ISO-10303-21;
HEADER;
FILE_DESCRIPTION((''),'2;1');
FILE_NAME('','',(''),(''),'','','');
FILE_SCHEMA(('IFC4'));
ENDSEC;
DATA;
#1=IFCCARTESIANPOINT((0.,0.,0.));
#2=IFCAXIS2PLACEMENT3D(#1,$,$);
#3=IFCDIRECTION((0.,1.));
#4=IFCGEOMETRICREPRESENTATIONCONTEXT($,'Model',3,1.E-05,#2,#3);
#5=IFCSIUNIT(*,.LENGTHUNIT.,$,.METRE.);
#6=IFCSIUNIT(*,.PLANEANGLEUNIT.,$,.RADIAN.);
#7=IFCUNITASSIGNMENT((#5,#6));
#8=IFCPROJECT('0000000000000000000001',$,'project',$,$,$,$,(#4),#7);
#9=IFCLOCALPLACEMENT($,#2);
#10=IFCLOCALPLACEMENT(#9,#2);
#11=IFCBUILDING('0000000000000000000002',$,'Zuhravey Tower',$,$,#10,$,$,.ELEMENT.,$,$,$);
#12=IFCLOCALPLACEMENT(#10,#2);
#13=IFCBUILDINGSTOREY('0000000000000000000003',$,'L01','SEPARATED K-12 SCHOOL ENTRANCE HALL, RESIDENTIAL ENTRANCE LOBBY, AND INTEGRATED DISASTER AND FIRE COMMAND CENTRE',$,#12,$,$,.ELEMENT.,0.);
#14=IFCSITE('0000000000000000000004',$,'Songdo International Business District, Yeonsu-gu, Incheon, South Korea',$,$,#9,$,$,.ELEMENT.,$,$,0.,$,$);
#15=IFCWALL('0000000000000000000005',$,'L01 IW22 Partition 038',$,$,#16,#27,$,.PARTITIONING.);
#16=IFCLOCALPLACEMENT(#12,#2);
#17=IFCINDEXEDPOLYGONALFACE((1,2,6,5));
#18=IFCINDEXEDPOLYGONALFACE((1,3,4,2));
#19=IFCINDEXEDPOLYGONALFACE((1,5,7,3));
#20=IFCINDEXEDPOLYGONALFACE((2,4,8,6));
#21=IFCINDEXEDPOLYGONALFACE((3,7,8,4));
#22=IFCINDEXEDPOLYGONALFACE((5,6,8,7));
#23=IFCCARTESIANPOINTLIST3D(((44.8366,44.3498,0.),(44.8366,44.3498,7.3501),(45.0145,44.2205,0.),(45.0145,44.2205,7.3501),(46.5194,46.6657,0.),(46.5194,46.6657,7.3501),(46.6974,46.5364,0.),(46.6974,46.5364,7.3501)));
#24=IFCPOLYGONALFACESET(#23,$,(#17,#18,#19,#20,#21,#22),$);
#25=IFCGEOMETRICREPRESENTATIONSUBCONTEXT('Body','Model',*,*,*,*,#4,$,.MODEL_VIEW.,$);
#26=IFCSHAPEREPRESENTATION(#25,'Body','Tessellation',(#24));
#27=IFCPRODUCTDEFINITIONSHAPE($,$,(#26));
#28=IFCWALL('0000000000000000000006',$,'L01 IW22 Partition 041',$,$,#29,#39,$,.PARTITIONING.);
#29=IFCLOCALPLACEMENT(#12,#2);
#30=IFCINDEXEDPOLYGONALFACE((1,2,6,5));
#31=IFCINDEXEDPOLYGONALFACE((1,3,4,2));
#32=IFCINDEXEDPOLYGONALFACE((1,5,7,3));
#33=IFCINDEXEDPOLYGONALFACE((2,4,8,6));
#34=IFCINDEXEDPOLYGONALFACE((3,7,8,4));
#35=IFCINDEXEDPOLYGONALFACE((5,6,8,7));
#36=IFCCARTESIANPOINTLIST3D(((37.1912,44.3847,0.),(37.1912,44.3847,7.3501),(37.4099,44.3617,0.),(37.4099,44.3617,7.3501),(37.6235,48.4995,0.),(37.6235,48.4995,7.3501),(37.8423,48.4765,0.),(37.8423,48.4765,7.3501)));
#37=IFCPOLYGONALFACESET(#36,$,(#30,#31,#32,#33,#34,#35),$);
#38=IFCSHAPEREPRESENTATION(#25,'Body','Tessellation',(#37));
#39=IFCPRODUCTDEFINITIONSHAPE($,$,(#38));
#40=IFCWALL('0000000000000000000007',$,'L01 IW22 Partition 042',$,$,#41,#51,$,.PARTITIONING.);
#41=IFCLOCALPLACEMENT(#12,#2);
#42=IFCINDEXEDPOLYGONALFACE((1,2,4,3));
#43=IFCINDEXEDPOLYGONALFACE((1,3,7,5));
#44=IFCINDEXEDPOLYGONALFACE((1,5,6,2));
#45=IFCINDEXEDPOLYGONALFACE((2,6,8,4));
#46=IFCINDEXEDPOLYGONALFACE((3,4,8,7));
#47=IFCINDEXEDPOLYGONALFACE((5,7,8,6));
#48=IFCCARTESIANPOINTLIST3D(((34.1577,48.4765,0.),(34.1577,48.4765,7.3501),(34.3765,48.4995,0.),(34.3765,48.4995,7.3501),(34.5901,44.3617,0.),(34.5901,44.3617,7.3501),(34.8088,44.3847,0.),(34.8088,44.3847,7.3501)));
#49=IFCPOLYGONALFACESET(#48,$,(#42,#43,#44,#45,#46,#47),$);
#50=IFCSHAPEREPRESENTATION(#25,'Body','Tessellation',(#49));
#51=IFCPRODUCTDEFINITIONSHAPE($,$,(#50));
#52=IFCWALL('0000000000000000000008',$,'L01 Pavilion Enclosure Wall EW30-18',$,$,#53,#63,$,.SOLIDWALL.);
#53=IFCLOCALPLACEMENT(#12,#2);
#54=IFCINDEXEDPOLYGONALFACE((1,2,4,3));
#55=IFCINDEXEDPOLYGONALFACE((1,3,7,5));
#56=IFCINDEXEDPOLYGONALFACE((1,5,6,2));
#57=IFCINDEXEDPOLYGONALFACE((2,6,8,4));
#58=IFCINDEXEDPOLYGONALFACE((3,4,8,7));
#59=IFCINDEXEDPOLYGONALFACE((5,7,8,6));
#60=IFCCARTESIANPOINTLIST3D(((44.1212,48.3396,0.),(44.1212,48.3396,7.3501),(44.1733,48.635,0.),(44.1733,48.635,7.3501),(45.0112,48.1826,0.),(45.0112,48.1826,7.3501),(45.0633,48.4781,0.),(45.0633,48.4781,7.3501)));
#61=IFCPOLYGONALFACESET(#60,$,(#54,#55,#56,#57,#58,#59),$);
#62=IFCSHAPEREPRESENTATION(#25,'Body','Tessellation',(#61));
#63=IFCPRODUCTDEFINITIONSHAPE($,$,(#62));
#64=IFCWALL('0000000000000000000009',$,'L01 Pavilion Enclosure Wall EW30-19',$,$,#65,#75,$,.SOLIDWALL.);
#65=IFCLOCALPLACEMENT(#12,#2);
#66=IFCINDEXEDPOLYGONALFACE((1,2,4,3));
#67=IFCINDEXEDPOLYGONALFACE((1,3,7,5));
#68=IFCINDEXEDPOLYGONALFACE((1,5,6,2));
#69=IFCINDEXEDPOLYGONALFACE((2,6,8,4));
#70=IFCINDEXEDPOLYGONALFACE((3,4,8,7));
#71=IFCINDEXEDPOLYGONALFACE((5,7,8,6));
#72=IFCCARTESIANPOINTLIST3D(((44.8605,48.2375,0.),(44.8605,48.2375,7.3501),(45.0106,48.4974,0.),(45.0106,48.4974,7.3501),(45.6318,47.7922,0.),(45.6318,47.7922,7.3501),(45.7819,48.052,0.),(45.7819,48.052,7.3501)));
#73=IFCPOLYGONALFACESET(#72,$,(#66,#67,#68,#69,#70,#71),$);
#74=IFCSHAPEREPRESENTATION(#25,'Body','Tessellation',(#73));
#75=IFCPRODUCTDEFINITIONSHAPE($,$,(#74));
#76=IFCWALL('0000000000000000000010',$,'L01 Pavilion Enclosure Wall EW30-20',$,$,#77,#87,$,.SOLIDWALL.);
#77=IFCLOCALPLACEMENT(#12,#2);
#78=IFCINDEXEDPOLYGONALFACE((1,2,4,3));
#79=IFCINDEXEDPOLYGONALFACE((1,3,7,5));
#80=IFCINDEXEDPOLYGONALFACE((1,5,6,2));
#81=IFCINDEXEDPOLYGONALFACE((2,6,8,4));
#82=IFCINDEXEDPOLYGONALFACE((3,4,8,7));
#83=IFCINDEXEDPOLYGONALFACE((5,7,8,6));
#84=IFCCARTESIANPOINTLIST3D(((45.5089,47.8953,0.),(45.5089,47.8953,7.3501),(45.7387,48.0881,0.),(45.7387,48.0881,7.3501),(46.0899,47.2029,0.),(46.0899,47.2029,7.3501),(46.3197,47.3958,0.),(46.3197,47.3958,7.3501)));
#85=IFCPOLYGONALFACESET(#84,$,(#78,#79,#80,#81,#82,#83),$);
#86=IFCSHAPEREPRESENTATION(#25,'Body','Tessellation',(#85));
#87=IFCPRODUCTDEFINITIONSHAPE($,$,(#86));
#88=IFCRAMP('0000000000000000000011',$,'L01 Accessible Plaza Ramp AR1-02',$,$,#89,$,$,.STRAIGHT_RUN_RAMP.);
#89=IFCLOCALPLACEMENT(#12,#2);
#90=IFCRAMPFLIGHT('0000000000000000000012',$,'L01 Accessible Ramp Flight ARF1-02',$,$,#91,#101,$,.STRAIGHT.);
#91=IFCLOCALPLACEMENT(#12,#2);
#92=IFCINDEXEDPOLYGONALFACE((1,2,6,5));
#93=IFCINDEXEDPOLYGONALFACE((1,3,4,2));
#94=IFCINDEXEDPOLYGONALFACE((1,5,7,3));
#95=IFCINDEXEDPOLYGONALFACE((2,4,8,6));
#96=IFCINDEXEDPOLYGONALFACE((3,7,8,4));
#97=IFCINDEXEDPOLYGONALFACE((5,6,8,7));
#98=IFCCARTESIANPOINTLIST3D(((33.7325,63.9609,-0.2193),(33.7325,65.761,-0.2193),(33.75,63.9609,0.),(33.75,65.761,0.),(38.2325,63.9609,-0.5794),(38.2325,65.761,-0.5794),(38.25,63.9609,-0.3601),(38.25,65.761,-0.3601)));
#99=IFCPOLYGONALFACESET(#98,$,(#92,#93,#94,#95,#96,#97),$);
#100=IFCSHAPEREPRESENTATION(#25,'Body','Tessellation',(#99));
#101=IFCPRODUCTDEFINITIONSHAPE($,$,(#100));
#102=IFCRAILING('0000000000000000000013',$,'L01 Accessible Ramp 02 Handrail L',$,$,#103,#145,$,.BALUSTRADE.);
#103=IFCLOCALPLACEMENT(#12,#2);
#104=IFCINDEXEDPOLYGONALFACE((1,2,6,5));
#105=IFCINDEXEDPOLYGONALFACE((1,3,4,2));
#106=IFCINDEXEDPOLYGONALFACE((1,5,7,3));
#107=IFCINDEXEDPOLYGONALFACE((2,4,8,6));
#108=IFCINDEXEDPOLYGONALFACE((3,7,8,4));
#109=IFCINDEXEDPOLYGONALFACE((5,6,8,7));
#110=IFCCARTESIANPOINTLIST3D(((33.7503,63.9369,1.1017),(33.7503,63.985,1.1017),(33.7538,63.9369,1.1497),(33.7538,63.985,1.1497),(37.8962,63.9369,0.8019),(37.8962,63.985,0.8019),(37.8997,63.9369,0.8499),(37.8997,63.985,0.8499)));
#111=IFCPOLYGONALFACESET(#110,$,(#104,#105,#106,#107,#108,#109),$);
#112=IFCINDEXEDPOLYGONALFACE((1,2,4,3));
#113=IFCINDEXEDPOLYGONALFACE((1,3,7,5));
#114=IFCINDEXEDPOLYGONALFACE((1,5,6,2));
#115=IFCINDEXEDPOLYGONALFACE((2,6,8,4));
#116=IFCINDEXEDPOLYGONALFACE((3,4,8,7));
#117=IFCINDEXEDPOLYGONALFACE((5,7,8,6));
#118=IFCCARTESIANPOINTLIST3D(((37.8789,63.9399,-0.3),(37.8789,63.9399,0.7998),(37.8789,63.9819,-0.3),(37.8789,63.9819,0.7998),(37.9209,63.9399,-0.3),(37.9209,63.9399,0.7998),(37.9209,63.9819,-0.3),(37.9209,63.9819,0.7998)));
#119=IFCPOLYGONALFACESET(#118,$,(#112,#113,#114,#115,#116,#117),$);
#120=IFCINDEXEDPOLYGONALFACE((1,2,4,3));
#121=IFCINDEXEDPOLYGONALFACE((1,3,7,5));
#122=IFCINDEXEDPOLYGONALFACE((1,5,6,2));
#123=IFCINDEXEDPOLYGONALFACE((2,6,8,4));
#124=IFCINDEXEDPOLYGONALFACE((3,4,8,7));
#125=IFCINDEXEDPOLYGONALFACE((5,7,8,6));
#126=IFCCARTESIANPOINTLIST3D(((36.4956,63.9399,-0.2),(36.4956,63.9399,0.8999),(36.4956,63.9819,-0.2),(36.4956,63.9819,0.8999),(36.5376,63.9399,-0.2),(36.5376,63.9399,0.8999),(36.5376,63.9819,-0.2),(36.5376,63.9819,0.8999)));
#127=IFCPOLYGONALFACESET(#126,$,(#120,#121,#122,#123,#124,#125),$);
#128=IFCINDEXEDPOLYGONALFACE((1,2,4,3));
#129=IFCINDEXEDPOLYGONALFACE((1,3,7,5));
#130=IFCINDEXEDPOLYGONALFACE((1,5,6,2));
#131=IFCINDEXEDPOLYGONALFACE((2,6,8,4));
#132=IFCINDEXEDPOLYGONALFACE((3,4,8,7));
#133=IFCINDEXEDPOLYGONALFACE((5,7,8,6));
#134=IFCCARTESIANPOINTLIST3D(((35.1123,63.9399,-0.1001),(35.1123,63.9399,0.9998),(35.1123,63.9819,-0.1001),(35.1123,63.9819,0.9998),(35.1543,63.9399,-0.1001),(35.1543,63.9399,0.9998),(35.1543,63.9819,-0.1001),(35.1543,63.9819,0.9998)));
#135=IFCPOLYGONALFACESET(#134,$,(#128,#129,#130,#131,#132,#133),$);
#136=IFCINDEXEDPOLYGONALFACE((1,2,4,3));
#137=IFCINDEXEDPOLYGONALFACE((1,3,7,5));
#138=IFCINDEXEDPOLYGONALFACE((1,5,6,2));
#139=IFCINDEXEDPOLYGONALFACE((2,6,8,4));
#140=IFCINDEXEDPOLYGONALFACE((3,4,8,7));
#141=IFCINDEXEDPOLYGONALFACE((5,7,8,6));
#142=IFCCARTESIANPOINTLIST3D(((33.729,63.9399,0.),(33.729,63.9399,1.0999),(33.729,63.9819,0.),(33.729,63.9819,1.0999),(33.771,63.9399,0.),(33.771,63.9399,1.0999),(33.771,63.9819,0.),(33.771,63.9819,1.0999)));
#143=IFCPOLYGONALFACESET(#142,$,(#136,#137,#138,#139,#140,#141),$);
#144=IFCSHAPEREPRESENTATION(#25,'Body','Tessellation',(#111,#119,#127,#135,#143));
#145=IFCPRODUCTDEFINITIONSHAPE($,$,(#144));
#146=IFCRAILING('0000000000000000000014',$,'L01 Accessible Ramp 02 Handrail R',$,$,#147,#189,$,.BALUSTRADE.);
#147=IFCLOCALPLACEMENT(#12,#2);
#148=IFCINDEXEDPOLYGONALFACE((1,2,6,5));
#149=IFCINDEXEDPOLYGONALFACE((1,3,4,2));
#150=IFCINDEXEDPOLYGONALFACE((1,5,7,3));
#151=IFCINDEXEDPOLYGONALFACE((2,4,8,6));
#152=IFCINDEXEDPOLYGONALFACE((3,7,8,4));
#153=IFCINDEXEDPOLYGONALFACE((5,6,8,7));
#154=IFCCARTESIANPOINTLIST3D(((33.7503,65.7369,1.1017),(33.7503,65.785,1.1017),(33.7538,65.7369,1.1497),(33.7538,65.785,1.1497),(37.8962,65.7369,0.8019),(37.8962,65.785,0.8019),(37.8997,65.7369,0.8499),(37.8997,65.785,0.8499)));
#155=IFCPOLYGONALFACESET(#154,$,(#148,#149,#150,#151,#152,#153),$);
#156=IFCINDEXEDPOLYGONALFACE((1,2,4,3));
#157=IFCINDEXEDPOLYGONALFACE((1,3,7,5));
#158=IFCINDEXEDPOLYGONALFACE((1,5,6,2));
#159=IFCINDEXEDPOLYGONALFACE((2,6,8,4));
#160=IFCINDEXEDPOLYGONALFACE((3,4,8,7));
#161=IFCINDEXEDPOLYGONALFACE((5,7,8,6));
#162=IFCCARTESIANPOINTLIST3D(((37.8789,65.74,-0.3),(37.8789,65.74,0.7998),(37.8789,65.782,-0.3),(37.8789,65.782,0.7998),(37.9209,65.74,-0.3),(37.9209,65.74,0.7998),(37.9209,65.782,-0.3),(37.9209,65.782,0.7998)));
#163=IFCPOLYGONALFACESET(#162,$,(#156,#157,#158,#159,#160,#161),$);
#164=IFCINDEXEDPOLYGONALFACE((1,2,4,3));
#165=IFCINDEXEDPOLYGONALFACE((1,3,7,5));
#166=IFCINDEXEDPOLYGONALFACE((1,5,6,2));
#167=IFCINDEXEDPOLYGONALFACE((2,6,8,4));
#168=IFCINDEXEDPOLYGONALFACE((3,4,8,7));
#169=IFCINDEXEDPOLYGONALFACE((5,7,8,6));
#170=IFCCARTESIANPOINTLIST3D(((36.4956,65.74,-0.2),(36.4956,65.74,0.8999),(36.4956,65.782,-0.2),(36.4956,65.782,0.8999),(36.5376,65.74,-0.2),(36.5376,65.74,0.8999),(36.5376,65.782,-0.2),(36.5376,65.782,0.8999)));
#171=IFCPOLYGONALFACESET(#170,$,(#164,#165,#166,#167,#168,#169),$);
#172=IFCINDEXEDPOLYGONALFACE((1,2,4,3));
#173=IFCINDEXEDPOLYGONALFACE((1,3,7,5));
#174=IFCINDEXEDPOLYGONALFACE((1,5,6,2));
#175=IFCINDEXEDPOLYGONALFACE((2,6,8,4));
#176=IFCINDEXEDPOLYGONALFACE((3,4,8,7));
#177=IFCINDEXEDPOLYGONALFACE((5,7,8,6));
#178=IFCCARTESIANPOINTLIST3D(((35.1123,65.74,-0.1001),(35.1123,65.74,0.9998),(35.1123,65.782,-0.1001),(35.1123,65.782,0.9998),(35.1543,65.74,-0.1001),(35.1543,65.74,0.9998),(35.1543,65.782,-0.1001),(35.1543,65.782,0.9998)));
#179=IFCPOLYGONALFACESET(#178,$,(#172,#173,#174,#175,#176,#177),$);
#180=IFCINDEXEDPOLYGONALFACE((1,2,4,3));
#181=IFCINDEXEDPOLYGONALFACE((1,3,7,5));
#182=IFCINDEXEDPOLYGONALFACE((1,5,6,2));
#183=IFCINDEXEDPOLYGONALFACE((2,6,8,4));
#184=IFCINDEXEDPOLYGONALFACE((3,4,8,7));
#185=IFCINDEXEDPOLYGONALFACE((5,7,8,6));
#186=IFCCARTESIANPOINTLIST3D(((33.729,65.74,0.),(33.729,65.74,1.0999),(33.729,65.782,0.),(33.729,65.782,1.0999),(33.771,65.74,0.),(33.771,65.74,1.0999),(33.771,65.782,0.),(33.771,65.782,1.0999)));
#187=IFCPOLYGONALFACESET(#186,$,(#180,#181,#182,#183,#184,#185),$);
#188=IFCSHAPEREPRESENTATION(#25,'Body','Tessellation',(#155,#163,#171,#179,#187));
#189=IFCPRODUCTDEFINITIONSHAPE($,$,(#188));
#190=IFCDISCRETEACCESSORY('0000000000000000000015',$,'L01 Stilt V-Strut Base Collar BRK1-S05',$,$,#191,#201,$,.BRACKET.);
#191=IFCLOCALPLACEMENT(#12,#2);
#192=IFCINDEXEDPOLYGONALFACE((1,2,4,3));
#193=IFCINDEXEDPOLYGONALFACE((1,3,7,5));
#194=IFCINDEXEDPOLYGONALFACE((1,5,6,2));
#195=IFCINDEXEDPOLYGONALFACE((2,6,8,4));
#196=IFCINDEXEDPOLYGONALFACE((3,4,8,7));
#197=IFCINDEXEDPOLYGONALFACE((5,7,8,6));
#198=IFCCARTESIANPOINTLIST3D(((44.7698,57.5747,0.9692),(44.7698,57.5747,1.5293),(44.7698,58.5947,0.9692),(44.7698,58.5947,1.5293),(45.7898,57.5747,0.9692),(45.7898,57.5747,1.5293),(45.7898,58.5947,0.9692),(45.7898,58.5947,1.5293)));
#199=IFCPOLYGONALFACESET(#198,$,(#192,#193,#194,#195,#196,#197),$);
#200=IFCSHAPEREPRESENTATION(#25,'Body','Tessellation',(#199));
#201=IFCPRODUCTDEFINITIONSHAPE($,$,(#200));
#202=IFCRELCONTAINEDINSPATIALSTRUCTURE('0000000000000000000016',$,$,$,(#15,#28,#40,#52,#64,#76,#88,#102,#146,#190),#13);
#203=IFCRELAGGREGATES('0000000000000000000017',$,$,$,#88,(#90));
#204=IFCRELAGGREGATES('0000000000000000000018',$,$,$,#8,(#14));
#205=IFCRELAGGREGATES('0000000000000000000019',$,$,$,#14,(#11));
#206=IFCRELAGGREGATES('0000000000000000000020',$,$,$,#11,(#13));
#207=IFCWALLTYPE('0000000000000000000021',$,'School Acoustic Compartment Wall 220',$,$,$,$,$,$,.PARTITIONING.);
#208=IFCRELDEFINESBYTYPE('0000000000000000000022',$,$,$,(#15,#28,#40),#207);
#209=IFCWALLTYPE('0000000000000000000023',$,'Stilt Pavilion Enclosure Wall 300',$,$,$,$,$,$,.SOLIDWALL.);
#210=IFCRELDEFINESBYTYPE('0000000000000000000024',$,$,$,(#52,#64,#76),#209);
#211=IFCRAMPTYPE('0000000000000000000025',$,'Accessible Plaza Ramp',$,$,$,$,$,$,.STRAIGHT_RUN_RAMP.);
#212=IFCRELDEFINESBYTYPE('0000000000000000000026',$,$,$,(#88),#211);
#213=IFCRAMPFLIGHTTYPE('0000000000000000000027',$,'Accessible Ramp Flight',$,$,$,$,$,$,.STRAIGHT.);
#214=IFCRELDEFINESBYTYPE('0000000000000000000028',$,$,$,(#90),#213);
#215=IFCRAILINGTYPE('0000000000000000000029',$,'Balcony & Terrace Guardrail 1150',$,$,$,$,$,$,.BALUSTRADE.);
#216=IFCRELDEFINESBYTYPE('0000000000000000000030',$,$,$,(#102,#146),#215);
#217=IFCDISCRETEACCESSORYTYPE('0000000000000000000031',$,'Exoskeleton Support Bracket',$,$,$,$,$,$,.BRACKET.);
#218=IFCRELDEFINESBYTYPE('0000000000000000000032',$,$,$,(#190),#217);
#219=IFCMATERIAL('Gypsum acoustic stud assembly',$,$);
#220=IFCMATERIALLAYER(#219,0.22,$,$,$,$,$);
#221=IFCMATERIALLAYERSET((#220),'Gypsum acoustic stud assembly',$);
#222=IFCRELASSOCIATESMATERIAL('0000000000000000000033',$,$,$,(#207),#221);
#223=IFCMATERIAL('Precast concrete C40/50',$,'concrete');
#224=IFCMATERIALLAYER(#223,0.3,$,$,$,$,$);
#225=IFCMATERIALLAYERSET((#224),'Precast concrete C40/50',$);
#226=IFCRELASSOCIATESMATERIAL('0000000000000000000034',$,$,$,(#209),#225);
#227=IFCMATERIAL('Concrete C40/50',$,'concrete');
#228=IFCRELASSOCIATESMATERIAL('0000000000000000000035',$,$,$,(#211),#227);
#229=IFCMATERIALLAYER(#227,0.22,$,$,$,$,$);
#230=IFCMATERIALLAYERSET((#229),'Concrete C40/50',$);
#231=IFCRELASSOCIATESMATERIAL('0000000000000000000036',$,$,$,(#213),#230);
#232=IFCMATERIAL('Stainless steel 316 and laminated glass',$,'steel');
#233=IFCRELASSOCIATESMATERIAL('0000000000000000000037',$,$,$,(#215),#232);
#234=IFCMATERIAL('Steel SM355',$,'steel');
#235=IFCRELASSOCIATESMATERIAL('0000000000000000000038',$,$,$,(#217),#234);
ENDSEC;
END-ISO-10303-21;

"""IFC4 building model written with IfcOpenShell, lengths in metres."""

from ifc_helpers import new_model, si_unit, direction, frame, frame_2d, origin, origin_2d, place, context, subcontext, project, spatial, polyline, rectangle, outline, extrude, material, layer, layer_set, type_object, element, aggregate, save


model = new_model("IFC4")

# Units and contexts
model_context = context("Model", 3, precision=1e-05, world=origin(), true_north=direction((0.0, 1.0)))
body_context = subcontext(model_context, "Body", "Model", "MODEL_VIEW")
ifc_project = project(units=[si_unit("LENGTHUNIT", "METRE"), si_unit("PLANEANGLEUNIT", "RADIAN")], contexts=[model_context])

# Site, building, storey
site_placement = place(None, origin())
site = spatial("IfcSite", under=ifc_project, at=site_placement, Name="Songdo International Business District, Yeonsu-gu, Incheon, South Korea", CompositionType="ELEMENT", RefElevation=0.0)
building_placement = place(site_placement, origin())
building = spatial("IfcBuilding", under=site, at=building_placement, Name="Zuhravey Tower", CompositionType="ELEMENT")
storey_placement = place(building_placement, origin())
storey = spatial("IfcBuildingStorey", under=building, at=storey_placement, Name="L01", Description="SEPARATED K-12 SCHOOL ENTRANCE HALL, RESIDENTIAL ENTRANCE LOBBY, AND INTEGRATED DISASTER AND FIRE COMMAND CENTRE", CompositionType="ELEMENT", Elevation=0.0)

# Walls
ifc_material_1 = material(Name="Gypsum acoustic stud assembly")
ifc_layer_1 = layer(ifc_material_1, 0.22)
ifc_layer_set_1 = layer_set([ifc_layer_1], Name="Gypsum acoustic stud assembly")
wall_type_1 = type_object("IfcWallType", Name="School Acoustic Compartment Wall 220", PredefinedType="PARTITIONING", material=ifc_layer_set_1)
wall_1_placement = place(storey_placement, frame((44.9255, 44.2852, 0.0), z_axis=(0.0, 0.0, 1.0), x_axis=(0.587842, 0.808976, 0.0)))
element("IfcWall", 1, at=wall_1_placement, inside=storey, type_object=wall_type_1, Name="L01 IW22 Partition 038", PredefinedType="PARTITIONING", context=body_context, shape_type="SweptSolid", body=[
    extrude(rectangle(XDim=2.8628, YDim=0.22, at=frame_2d((1.4314, 0.0))), origin(), (0.0, 0.0, 1.0), 7.3501),
])
for number, where, z_axis, x_axis, name in (
    (2, (37.3005, 44.373, 0.0), (0.0, 0.0, 1.0), (0.104504, 0.994525, 0.0), "L01 IW22 Partition 041"),
    (3, (34.6995, 44.373, 0.0), (0.0, 0.0, 1.0), (-0.104504, 0.994525, 0.0), "L01 IW22 Partition 042"),
):
    element("IfcWall", number, at=place(storey_placement, frame(where, z_axis=z_axis, x_axis=x_axis)), inside=storey, type_object=wall_type_1, Name=name, PredefinedType="PARTITIONING", context=body_context, shape_type="SweptSolid", body=[
        extrude(rectangle(XDim=4.1375, YDim=0.22, at=frame_2d((2.0688, 0.0))), origin(), (0.0, 0.0, 1.0), 7.3501),
    ])
ifc_material_2 = material(Name="Precast concrete C40/50", Category="concrete")
ifc_layer_2 = layer(ifc_material_2, 0.3)
ifc_layer_set_2 = layer_set([ifc_layer_2], Name="Precast concrete C40/50")
wall_type_2 = type_object("IfcWallType", Name="Stilt Pavilion Enclosure Wall 300", PredefinedType="SOLIDWALL", material=ifc_layer_set_2)
wall_2_placement = place(storey_placement, frame((44.1472, 48.4873, 0.0), z_axis=(0.0, 0.0, 1.0), x_axis=(0.984803, -0.173677, 0.0)))
element("IfcWall", 4, at=wall_2_placement, inside=storey, type_object=wall_type_2, Name="L01 Pavilion Enclosure Wall EW30-18", PredefinedType="SOLIDWALL", context=body_context, shape_type="SweptSolid", body=[
    extrude(rectangle(XDim=0.9038, YDim=0.3, at=frame_2d((0.4519, 0.0))), origin(), (0.0, 0.0, 1.0), 7.3501),
])
wall_3_placement = place(storey_placement, frame((44.9355, 48.3674, 0.0), z_axis=(0.0, 0.0, 1.0), x_axis=(0.866008, -0.500031, 0.0)))
element("IfcWall", 5, at=wall_3_placement, inside=storey, type_object=wall_type_2, Name="L01 Pavilion Enclosure Wall EW30-19", PredefinedType="SOLIDWALL", context=body_context, shape_type="SweptSolid", body=[
    extrude(rectangle(XDim=0.8906, YDim=0.3, at=frame_2d((0.4453, 0.0))), origin(), (0.0, 0.0, 1.0), 7.3501),
])
wall_4_placement = place(storey_placement, frame((45.6238, 47.9917, 0.0), z_axis=(0.0, 0.0, 1.0), x_axis=(0.642837, -0.766003, 0.0)))
element("IfcWall", 6, at=wall_4_placement, inside=storey, type_object=wall_type_2, Name="L01 Pavilion Enclosure Wall EW30-20", PredefinedType="SOLIDWALL", context=body_context, shape_type="SweptSolid", body=[
    extrude(rectangle(XDim=0.9038, YDim=0.3, at=frame_2d((0.4519, 0.0))), origin(), (0.0, 0.0, 1.0), 7.3501),
])

# Ramp, ramp flight
ifc_material_3 = material(Name="Concrete C40/50", Category="concrete")
ramp_type = type_object("IfcRampType", Name="Accessible Plaza Ramp", PredefinedType="STRAIGHT_RUN_RAMP", material=ifc_material_3)
ramp_placement = place(storey_placement, origin())
ramp = element("IfcRamp", 7, at=ramp_placement, inside=storey, type_object=ramp_type, Name="L01 Accessible Plaza Ramp AR1-02", PredefinedType="STRAIGHT_RUN_RAMP")
ifc_layer_3 = layer(ifc_material_3, 0.22)
ifc_layer_set_3 = layer_set([ifc_layer_3], Name="Concrete C40/50")
ramp_flight_type = type_object("IfcRampFlightType", Name="Accessible Ramp Flight", PredefinedType="STRAIGHT", material=ifc_layer_set_3)
ramp_flight_placement = place(storey_placement, frame((38.25, 63.9609, -0.3601), z_axis=(0.079769, 0.0, 0.996813), x_axis=(0.0, 1.0, 0.0)))
ramp_flight = element("IfcRampFlight", 8, at=ramp_flight_placement, type_object=ramp_flight_type, Name="L01 Accessible Ramp Flight ARF1-02", PredefinedType="STRAIGHT", context=body_context, shape_type="SweptSolid", body=[
    extrude(outline(polyline([(0.0, 0.0), (1.8, 0.0), (1.8, 4.5144), (0.0, 4.5144), (0.0, 0.0)])), origin(), (0.0, 0.0, -1.0), 0.22),
])
aggregate(ramp, [ramp_flight])

# Railings
ifc_material_4 = material(Name="Stainless steel 316 and laminated glass", Category="steel")
railing_type = type_object("IfcRailingType", Name="Balcony & Terrace Guardrail 1150", PredefinedType="BALUSTRADE", material=ifc_material_4)
for number, where, name in (
    (9, (37.8999, 63.9609, -0.3), "L01 Accessible Ramp 02 Handrail L"),
    (10, (37.8999, 65.761, -0.3), "L01 Accessible Ramp 02 Handrail R"),
):
    element("IfcRailing", number, at=place(storey_placement, frame(where)), inside=storey, type_object=railing_type, Name=name, PredefinedType="BALUSTRADE", context=body_context, shape_type="SweptSolid", body=[
        extrude(rectangle(XDim=0.0481, YDim=0.0481, at=origin_2d()), frame((-0.002, 0.0, 1.126), z_axis=(-0.997396, 0.0, 0.072114), x_axis=(0.0, -1.0, 0.0)), (0.0, 0.0, 1.0), 4.1567),
        extrude(rectangle(XDim=0.042, YDim=0.042, at=origin_2d()), origin(), (0.0, 0.0, 1.0), 1.0999),
        extrude(rectangle(XDim=0.042, YDim=0.042, at=origin_2d()), frame((-1.3833, 0.0, 0.1001)), (0.0, 0.0, 1.0), 1.0999),
        extrude(rectangle(XDim=0.042, YDim=0.042, at=origin_2d()), frame((-2.7666, 0.0, 0.2)), (0.0, 0.0, 1.0), 1.0999),
        extrude(rectangle(XDim=0.042, YDim=0.042, at=origin_2d()), frame((-4.1499, 0.0, 0.3)), (0.0, 0.0, 1.0), 1.0999),
    ])

# Discrete accessory
ifc_material_5 = material(Name="Steel SM355", Category="steel")
discrete_accessory_type = type_object("IfcDiscreteAccessoryType", Name="Exoskeleton Support Bracket", PredefinedType="BRACKET", material=ifc_material_5)
discrete_accessory_placement = place(storey_placement, frame((45.2798, 58.0847, 0.9692), z_axis=(0.0, 0.0, 1.0), x_axis=(1.0, 0.0, 0.0)))
element("IfcDiscreteAccessory", 11, at=discrete_accessory_placement, inside=storey, type_object=discrete_accessory_type, Name="L01 Stilt V-Strut Base Collar BRK1-S05", PredefinedType="BRACKET", context=body_context, shape_type="SweptSolid", body=[
    extrude(rectangle(XDim=1.02, YDim=1.02, at=origin_2d()), origin(), (0.0, 0.0, 1.0), 0.5601),
])

save(model, "model.ifc")
